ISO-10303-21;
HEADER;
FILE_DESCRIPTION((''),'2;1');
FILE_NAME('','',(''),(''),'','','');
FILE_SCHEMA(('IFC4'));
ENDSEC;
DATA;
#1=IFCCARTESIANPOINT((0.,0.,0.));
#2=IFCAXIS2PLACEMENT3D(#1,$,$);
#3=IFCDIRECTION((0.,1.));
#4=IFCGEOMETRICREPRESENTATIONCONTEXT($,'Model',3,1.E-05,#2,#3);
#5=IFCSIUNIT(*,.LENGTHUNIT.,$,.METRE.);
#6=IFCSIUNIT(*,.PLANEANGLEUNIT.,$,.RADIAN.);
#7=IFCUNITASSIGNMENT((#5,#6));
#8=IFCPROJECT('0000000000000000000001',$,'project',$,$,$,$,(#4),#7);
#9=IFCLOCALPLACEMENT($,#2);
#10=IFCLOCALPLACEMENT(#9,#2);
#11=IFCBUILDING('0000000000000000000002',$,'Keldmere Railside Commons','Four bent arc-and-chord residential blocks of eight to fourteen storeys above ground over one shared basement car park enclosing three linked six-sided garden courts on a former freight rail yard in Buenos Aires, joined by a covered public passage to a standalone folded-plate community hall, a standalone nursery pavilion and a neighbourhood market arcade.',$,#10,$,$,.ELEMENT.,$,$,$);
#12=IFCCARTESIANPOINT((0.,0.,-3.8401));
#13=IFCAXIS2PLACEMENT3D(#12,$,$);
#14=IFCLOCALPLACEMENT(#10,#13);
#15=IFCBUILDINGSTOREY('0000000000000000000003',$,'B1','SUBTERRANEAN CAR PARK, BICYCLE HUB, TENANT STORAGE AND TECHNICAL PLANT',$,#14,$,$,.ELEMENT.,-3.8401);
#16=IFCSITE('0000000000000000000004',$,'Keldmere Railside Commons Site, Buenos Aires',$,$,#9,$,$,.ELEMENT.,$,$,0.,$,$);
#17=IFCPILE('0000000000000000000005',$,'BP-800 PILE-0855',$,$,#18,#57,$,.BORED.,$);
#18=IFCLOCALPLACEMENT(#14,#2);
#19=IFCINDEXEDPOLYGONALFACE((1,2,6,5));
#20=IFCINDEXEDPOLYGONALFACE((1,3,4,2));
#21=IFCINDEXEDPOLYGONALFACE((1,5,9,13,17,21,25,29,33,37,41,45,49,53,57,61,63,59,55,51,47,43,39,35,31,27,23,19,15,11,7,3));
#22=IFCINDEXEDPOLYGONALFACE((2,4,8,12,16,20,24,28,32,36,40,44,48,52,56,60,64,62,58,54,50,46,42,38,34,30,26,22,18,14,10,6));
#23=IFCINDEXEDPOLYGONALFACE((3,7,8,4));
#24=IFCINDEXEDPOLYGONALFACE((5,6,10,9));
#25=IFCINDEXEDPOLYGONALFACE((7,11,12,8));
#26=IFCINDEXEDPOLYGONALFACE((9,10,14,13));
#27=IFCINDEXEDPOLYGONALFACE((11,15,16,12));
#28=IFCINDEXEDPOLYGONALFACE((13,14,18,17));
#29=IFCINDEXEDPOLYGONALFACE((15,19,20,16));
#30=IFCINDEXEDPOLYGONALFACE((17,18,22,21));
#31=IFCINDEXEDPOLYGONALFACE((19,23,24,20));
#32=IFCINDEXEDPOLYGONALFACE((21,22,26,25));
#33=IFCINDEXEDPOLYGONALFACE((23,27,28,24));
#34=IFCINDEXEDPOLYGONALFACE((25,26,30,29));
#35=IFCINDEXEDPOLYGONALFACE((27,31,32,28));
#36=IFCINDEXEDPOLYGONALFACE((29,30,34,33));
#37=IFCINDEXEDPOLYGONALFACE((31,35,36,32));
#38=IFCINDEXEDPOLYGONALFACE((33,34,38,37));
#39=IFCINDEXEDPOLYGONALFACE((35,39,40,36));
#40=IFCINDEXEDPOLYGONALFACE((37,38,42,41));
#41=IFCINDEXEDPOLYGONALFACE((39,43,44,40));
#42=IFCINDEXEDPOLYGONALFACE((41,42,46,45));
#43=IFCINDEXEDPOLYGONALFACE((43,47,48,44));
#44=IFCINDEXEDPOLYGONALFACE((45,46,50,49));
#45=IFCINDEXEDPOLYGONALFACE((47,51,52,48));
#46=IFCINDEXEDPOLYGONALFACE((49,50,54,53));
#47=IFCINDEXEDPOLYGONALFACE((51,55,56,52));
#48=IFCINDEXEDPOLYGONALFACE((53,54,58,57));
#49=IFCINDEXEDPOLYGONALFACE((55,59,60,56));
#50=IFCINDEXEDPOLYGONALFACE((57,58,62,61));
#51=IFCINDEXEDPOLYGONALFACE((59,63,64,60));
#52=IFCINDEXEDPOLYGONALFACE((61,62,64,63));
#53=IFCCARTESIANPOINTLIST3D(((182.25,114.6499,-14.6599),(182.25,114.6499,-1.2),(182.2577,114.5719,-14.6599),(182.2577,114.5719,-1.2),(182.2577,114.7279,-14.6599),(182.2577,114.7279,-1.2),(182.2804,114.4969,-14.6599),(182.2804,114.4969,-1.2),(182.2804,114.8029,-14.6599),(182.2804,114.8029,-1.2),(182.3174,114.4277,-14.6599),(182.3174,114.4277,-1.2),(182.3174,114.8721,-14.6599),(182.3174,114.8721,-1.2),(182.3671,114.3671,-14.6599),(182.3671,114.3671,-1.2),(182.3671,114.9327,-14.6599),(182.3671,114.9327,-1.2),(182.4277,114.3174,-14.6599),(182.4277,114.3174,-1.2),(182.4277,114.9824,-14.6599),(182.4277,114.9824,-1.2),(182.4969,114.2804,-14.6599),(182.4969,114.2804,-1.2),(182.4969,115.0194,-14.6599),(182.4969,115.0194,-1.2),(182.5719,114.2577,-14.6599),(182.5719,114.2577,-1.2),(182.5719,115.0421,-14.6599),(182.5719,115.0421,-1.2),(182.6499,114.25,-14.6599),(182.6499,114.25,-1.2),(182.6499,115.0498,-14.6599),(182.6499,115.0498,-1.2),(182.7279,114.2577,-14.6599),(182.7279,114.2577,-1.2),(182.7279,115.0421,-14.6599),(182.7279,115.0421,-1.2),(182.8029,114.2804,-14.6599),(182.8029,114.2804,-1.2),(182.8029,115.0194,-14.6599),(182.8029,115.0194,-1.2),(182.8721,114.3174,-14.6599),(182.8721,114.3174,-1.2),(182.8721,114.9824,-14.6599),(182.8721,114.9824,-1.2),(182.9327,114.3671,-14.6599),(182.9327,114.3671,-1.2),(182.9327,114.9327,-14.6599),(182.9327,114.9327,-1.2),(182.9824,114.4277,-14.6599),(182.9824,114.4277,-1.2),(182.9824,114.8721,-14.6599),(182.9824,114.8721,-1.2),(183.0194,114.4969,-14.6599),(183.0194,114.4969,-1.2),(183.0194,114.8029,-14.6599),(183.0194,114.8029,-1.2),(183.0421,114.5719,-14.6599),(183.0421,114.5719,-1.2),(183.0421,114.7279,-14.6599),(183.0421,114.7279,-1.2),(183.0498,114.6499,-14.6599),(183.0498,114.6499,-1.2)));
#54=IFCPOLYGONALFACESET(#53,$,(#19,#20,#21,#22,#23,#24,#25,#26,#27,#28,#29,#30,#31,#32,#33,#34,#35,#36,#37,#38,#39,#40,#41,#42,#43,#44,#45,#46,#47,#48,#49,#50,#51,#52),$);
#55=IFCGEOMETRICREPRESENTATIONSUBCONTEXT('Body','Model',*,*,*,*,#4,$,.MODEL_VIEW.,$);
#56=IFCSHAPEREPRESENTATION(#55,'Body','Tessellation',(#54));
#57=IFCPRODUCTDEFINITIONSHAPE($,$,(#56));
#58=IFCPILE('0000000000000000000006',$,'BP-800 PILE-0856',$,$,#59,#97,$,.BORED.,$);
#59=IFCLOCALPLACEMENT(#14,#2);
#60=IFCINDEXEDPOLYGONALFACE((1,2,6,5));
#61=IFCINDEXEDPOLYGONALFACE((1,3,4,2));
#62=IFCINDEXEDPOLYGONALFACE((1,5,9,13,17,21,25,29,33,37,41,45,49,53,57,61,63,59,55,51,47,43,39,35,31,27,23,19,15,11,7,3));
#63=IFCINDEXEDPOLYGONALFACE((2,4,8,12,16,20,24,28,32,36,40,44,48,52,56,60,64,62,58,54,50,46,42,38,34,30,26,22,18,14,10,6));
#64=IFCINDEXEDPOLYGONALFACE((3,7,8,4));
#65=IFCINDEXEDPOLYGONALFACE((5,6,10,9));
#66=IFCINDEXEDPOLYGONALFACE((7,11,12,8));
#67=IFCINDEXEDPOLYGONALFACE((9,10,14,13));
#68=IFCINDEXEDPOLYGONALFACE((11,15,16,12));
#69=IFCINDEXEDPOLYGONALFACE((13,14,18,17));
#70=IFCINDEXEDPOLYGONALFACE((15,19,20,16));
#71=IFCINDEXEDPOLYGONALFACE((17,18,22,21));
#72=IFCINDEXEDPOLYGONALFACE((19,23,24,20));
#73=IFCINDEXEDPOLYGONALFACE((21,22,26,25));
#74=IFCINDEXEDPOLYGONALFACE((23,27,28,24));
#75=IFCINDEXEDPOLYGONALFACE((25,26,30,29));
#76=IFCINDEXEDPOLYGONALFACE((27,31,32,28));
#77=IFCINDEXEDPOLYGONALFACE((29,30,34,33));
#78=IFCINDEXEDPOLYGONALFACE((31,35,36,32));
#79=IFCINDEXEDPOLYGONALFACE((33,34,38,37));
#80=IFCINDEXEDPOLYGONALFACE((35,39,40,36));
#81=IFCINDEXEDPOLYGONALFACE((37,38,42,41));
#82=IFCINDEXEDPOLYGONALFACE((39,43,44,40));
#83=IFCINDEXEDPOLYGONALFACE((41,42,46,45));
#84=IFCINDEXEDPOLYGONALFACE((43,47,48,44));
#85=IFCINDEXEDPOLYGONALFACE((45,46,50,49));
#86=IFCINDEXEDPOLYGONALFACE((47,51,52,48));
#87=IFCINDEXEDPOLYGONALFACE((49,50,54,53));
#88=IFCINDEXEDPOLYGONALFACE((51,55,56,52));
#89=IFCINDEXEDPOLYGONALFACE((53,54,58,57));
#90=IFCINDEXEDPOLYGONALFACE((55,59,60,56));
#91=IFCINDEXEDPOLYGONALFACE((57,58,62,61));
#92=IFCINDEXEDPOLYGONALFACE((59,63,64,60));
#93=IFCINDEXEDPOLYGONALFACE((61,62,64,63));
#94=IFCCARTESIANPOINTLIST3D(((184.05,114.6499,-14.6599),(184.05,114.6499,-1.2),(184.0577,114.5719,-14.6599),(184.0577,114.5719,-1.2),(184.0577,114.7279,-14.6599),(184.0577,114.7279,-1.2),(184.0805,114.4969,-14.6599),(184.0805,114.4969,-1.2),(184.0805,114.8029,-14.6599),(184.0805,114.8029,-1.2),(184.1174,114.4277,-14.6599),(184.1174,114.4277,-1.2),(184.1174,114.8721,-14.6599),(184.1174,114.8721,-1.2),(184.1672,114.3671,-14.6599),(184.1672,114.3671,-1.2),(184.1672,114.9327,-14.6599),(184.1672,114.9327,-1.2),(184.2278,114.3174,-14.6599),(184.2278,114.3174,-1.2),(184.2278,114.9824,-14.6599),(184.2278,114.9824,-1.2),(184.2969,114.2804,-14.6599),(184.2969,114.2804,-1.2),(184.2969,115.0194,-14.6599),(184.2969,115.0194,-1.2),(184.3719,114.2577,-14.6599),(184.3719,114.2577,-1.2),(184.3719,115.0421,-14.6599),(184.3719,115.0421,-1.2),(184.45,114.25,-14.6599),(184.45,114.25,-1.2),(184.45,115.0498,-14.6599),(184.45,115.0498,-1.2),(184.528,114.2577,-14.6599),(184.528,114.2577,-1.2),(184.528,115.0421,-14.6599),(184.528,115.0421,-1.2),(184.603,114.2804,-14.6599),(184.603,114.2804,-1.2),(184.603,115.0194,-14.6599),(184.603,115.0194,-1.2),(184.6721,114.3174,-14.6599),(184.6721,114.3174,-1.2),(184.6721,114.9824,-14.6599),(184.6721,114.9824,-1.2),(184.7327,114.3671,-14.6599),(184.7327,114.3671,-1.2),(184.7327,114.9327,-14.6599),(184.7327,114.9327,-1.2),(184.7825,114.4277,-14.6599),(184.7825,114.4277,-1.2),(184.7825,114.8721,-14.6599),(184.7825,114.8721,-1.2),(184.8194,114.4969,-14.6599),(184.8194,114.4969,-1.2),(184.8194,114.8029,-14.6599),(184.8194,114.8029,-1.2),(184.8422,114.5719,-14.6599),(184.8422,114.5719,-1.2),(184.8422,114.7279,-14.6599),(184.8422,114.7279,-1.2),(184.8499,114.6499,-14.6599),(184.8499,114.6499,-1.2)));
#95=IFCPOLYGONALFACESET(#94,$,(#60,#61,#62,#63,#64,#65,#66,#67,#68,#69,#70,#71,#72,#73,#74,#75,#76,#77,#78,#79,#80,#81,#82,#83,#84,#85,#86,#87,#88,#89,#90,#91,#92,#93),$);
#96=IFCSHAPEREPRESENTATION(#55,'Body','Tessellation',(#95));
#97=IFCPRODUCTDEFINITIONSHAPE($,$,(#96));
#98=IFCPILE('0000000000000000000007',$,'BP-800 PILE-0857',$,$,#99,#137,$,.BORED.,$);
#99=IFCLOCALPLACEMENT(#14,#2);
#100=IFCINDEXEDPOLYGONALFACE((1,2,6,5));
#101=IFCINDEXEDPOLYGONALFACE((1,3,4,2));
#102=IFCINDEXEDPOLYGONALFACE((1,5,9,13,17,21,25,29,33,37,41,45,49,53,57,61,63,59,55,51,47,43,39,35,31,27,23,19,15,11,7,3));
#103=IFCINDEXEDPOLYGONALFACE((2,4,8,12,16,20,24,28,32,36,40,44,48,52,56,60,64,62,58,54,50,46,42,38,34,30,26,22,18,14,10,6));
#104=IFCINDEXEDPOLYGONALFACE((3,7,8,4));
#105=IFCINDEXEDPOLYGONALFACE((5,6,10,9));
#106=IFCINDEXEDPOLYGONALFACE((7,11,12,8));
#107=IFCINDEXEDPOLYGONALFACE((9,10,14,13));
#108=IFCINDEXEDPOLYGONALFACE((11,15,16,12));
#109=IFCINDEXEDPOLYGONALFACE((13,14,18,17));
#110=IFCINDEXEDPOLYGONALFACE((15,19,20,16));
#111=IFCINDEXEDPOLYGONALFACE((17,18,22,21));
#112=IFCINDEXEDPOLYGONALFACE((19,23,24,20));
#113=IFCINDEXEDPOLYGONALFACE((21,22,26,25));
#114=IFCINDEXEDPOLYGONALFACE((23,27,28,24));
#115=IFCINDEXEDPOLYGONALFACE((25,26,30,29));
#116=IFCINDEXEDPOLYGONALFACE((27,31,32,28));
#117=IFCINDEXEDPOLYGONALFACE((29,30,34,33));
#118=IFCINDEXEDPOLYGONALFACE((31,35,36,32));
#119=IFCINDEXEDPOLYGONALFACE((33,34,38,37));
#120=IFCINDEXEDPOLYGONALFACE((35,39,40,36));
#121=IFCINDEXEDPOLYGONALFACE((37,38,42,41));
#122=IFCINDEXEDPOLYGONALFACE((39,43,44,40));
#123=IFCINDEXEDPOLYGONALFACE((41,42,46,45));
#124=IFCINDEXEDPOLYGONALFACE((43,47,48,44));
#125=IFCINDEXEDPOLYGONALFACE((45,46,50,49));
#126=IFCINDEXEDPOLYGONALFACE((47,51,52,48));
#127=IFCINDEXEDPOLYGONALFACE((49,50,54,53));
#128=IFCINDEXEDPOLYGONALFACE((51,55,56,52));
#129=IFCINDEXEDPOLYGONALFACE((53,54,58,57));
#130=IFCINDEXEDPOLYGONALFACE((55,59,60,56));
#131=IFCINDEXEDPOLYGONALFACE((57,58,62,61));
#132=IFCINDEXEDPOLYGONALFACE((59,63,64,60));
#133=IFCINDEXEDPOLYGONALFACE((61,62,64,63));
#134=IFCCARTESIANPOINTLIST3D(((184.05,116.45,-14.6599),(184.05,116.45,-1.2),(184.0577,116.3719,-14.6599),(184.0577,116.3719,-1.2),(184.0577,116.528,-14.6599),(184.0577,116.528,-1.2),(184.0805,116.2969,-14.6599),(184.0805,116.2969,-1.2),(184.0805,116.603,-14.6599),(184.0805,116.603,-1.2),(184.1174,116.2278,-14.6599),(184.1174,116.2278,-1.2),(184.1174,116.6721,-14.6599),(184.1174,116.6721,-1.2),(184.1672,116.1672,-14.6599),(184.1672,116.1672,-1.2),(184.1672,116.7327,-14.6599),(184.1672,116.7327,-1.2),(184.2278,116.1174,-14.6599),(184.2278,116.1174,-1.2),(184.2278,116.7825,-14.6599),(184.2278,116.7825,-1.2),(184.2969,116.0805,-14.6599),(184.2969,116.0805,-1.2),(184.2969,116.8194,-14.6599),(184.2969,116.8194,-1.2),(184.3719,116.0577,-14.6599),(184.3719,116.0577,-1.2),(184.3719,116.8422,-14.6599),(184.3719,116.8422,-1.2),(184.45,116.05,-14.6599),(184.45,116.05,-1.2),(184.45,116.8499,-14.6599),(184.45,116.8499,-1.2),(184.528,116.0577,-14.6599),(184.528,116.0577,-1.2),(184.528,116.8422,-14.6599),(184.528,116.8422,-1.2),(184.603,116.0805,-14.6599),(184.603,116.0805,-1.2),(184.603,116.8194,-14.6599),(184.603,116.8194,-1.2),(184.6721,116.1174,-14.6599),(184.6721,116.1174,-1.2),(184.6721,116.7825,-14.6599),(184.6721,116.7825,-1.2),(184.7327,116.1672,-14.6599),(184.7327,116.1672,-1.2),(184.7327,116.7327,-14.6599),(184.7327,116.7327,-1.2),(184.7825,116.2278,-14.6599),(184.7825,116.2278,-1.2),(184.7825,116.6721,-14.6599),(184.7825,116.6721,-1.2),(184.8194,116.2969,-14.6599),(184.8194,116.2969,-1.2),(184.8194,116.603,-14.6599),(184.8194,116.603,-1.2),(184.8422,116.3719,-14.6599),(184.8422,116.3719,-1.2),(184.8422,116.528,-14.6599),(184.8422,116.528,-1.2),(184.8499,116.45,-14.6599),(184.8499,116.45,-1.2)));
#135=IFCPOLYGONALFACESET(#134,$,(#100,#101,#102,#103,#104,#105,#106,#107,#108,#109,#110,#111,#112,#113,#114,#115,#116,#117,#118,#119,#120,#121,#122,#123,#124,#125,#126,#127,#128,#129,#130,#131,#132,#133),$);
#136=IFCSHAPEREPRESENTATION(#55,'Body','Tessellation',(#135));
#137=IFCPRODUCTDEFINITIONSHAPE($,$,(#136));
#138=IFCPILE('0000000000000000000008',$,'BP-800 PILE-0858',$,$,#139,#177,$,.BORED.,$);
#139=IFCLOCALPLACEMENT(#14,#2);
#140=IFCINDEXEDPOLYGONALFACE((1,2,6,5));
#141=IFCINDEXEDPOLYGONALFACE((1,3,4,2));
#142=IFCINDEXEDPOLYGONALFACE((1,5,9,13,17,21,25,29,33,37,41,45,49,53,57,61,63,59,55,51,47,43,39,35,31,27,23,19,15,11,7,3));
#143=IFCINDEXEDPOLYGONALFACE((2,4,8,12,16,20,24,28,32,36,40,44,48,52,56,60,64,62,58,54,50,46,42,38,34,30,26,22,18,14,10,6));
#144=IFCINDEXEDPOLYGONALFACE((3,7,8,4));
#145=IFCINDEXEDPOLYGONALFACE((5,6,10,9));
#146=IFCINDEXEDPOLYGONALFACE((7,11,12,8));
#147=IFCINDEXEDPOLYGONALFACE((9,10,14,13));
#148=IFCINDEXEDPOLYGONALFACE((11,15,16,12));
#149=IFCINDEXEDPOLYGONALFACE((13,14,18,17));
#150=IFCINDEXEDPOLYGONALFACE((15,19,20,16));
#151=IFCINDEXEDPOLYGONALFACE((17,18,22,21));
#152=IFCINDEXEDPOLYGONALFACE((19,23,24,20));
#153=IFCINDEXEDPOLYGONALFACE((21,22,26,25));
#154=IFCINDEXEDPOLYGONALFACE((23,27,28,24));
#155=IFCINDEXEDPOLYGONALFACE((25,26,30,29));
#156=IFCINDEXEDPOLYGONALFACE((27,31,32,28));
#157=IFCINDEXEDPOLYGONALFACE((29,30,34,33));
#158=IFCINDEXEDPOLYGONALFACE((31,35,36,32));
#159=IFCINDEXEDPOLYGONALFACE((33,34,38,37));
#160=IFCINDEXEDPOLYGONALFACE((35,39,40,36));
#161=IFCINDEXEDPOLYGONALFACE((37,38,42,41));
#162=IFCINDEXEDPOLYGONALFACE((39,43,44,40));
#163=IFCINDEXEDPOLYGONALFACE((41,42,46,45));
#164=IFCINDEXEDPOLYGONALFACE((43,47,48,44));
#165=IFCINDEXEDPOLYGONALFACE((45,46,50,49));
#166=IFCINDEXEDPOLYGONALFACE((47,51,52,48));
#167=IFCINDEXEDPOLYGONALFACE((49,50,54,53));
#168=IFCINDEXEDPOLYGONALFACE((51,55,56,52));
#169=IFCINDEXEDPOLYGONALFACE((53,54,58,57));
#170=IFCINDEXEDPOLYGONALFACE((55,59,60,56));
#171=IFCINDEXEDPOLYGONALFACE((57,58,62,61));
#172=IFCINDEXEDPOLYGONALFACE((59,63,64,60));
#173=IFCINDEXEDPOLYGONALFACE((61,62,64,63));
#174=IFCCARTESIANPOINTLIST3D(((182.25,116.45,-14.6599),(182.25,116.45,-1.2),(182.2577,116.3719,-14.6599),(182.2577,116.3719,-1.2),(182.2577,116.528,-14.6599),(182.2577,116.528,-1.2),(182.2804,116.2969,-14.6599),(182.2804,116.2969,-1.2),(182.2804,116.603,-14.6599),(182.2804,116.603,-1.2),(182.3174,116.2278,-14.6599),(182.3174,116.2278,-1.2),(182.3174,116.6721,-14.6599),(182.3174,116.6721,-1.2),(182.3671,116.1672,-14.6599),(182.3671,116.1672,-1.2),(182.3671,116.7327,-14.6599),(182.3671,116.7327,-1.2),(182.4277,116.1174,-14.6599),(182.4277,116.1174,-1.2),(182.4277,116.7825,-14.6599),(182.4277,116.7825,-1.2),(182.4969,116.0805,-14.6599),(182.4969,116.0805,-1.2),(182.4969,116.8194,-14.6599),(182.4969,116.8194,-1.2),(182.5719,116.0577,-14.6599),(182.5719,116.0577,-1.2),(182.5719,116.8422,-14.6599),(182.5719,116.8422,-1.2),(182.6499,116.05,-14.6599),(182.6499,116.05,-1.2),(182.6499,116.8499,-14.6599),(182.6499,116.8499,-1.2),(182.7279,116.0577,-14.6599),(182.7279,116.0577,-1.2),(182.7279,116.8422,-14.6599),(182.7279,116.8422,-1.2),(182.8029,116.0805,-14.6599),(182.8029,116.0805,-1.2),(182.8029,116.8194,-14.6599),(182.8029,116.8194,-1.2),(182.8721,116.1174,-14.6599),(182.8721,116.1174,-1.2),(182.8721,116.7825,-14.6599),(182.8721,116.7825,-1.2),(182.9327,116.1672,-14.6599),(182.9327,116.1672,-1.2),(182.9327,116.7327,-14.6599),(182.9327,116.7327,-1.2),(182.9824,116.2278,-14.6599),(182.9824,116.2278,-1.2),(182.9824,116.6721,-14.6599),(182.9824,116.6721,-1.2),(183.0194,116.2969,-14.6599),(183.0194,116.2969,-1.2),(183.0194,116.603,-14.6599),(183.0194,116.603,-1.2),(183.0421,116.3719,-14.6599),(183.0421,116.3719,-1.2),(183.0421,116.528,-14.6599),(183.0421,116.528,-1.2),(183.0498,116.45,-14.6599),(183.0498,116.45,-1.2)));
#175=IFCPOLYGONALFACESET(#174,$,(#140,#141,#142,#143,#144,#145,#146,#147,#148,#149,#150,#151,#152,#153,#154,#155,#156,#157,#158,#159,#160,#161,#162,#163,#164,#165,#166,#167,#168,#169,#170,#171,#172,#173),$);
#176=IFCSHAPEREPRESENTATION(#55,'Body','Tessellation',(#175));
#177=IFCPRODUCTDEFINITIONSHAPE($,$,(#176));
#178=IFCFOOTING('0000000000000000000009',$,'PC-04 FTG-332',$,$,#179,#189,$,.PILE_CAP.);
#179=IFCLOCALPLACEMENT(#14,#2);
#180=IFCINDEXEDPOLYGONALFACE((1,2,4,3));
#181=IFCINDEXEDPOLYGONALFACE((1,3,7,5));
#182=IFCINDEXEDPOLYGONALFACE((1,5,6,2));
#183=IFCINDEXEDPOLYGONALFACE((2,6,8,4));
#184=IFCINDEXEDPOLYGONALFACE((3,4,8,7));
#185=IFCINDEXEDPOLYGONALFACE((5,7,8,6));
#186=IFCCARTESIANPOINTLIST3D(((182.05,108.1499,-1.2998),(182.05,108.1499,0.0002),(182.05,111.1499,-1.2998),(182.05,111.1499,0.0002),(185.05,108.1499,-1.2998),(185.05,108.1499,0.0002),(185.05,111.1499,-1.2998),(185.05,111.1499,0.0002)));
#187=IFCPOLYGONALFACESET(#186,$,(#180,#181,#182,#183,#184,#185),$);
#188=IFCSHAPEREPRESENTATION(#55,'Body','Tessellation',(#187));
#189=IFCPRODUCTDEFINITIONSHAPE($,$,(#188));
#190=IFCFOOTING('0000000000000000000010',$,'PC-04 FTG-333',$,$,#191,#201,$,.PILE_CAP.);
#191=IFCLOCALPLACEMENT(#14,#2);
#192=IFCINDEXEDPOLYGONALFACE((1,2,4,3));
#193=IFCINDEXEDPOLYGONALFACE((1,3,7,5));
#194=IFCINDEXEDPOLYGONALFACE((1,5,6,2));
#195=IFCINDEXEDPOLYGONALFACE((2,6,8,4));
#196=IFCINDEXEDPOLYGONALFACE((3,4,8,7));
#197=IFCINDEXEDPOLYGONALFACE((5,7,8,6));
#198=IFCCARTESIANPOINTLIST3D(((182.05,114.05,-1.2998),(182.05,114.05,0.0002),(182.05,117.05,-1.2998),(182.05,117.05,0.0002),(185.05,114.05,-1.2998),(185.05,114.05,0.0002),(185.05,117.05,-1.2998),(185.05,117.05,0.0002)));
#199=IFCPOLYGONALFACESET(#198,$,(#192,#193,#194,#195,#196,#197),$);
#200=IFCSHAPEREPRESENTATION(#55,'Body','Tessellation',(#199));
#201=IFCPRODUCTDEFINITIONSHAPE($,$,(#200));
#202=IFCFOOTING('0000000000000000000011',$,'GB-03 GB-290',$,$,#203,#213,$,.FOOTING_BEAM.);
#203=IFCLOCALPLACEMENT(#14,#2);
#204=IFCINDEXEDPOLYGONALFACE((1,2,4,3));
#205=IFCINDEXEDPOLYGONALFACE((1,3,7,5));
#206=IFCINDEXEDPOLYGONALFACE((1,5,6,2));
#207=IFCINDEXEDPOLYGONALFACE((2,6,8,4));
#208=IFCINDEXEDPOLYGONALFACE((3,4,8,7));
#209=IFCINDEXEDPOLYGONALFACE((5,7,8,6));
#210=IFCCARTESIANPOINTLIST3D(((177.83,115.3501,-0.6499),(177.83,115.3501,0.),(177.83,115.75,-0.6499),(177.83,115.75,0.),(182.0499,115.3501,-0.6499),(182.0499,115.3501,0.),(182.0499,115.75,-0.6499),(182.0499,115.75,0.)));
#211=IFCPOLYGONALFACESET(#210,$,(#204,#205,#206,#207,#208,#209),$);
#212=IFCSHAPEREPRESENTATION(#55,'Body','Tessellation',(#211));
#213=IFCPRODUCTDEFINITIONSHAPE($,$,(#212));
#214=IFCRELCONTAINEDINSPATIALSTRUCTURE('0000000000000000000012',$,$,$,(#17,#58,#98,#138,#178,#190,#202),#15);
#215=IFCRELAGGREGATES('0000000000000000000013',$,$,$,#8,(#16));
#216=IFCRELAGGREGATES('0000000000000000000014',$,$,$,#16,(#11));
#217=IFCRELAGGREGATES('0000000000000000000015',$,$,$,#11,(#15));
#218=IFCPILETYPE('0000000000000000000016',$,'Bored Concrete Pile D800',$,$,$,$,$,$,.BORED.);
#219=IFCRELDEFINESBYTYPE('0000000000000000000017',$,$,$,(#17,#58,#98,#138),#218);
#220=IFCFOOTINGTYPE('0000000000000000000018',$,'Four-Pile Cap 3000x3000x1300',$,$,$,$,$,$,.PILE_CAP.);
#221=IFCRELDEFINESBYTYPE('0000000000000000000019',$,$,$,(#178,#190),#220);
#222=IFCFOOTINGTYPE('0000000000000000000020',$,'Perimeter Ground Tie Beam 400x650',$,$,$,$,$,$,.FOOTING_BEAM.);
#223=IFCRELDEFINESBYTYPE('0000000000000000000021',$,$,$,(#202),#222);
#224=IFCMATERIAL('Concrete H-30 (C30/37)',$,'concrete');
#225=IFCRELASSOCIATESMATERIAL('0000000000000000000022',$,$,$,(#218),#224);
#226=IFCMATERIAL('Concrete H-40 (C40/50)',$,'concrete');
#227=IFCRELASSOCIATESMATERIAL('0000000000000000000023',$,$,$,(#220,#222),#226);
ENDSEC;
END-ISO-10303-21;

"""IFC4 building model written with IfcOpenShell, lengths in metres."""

from ifc_helpers import new_model, si_unit, direction, frame, origin, origin_2d, place, context, subcontext, project, spatial, rectangle, circle, extrude, material, material_profile, profile_set, type_object, element, save


model = new_model("IFC4")

# Units and contexts
model_context = context("Model", 3, precision=1e-05, world=origin(), true_north=direction((0.0, 1.0)))
body_context = subcontext(model_context, "Body", "Model", "MODEL_VIEW")
ifc_project = project(units=[si_unit("LENGTHUNIT", "METRE"), si_unit("PLANEANGLEUNIT", "RADIAN")], contexts=[model_context])

# Site, building, storey
site_placement = place(None, origin())
site = spatial("IfcSite", under=ifc_project, at=site_placement, Name="Keldmere Railside Commons Site, Buenos Aires", CompositionType="ELEMENT", RefElevation=0.0)
building_placement = place(site_placement, origin())
building = spatial("IfcBuilding", under=site, at=building_placement, Name="Keldmere Railside Commons", Description="Four bent arc-and-chord residential blocks of eight to fourteen storeys above ground over one shared basement car park enclosing three linked six-sided garden courts on a former freight rail yard in Buenos Aires, joined by a covered public passage to a standalone folded-plate community hall, a standalone nursery pavilion and a neighbourhood market arcade.", CompositionType="ELEMENT")
storey_placement = place(building_placement, frame((0.0, 0.0, -3.8401)))
storey = spatial("IfcBuildingStorey", under=building, at=storey_placement, Name="B1", Description="SUBTERRANEAN CAR PARK, BICYCLE HUB, TENANT STORAGE AND TECHNICAL PLANT", CompositionType="ELEMENT", Elevation=-3.8401)

# Piles
ifc_material_1 = material(Name="Concrete H-30 (C30/37)", Category="concrete")
ifc_material_profile_1 = material_profile(ifc_material_1, circle(Radius=0.3999, at=origin_2d()), Name="PILE-D800")
ifc_profile_set_1 = profile_set([ifc_material_profile_1], Name="Concrete H-30 (C30/37)")
pile_type = type_object("IfcPileType", Name="Bored Concrete Pile D800", PredefinedType="BORED", material=ifc_profile_set_1)
for number, where, z_axis, x_axis, name in (
    (1, (182.6499, 114.6499, -1.2), (0.0, 0.0, -1.0), (1.0, 0.0, 0.0), "BP-800 PILE-0855"),
    (2, (184.45, 114.6499, -1.2), (0.0, 0.0, -1.0), (1.0, 0.0, 0.0), "BP-800 PILE-0856"),
    (3, (184.45, 116.45, -1.2), (0.0, 0.0, -1.0), (1.0, 0.0, 0.0), "BP-800 PILE-0857"),
    (4, (182.6499, 116.45, -1.2), (0.0, 0.0, -1.0), (1.0, 0.0, 0.0), "BP-800 PILE-0858"),
):
    element("IfcPile", number, at=place(storey_placement, frame(where, z_axis=z_axis, x_axis=x_axis)), inside=storey, type_object=pile_type, Name=name, PredefinedType="BORED", context=body_context, shape_type="SweptSolid", body=[
        extrude(circle(Radius=0.3999, at=origin_2d()), origin(), (0.0, 0.0, 1.0), 13.46),
    ])

# Footings
ifc_material_2 = material(Name="Concrete H-40 (C40/50)", Category="concrete")
footing_type_1 = type_object("IfcFootingType", Name="Four-Pile Cap 3000x3000x1300", PredefinedType="PILE_CAP", material=ifc_material_2)
for number, where, z_axis, x_axis, name in (
    (5, (183.55, 109.6499, -1.2998), (0.0, 0.0, 1.0), (1.0, 0.0, 0.0), "PC-04 FTG-332"),
    (6, (183.55, 115.55, -1.2998), (0.0, 0.0, 1.0), (1.0, 0.0, 0.0), "PC-04 FTG-333"),
):
    element("IfcFooting", number, at=place(storey_placement, frame(where, z_axis=z_axis, x_axis=x_axis)), inside=storey, type_object=footing_type_1, Name=name, PredefinedType="PILE_CAP", context=body_context, shape_type="SweptSolid", body=[
        extrude(rectangle(XDim=3.0, YDim=3.0, at=origin_2d()), origin(), (0.0, 0.0, 1.0), 1.3),
    ])
footing_type_2 = type_object("IfcFootingType", Name="Perimeter Ground Tie Beam 400x650", PredefinedType="FOOTING_BEAM", material=ifc_material_2)
footing_1_placement = place(storey_placement, frame((179.9399, 115.55, -0.6499), z_axis=(0.0, 0.0, 1.0), x_axis=(1.0, 0.0, 0.0)))
element("IfcFooting", 7, at=footing_1_placement, inside=storey, type_object=footing_type_2, Name="GB-03 GB-290", PredefinedType="FOOTING_BEAM", context=body_context, shape_type="SweptSolid", body=[
    extrude(rectangle(XDim=4.22, YDim=0.3999, at=origin_2d()), origin(), (0.0, 0.0, 1.0), 0.6499),
])

save(model, "model.ifc")
